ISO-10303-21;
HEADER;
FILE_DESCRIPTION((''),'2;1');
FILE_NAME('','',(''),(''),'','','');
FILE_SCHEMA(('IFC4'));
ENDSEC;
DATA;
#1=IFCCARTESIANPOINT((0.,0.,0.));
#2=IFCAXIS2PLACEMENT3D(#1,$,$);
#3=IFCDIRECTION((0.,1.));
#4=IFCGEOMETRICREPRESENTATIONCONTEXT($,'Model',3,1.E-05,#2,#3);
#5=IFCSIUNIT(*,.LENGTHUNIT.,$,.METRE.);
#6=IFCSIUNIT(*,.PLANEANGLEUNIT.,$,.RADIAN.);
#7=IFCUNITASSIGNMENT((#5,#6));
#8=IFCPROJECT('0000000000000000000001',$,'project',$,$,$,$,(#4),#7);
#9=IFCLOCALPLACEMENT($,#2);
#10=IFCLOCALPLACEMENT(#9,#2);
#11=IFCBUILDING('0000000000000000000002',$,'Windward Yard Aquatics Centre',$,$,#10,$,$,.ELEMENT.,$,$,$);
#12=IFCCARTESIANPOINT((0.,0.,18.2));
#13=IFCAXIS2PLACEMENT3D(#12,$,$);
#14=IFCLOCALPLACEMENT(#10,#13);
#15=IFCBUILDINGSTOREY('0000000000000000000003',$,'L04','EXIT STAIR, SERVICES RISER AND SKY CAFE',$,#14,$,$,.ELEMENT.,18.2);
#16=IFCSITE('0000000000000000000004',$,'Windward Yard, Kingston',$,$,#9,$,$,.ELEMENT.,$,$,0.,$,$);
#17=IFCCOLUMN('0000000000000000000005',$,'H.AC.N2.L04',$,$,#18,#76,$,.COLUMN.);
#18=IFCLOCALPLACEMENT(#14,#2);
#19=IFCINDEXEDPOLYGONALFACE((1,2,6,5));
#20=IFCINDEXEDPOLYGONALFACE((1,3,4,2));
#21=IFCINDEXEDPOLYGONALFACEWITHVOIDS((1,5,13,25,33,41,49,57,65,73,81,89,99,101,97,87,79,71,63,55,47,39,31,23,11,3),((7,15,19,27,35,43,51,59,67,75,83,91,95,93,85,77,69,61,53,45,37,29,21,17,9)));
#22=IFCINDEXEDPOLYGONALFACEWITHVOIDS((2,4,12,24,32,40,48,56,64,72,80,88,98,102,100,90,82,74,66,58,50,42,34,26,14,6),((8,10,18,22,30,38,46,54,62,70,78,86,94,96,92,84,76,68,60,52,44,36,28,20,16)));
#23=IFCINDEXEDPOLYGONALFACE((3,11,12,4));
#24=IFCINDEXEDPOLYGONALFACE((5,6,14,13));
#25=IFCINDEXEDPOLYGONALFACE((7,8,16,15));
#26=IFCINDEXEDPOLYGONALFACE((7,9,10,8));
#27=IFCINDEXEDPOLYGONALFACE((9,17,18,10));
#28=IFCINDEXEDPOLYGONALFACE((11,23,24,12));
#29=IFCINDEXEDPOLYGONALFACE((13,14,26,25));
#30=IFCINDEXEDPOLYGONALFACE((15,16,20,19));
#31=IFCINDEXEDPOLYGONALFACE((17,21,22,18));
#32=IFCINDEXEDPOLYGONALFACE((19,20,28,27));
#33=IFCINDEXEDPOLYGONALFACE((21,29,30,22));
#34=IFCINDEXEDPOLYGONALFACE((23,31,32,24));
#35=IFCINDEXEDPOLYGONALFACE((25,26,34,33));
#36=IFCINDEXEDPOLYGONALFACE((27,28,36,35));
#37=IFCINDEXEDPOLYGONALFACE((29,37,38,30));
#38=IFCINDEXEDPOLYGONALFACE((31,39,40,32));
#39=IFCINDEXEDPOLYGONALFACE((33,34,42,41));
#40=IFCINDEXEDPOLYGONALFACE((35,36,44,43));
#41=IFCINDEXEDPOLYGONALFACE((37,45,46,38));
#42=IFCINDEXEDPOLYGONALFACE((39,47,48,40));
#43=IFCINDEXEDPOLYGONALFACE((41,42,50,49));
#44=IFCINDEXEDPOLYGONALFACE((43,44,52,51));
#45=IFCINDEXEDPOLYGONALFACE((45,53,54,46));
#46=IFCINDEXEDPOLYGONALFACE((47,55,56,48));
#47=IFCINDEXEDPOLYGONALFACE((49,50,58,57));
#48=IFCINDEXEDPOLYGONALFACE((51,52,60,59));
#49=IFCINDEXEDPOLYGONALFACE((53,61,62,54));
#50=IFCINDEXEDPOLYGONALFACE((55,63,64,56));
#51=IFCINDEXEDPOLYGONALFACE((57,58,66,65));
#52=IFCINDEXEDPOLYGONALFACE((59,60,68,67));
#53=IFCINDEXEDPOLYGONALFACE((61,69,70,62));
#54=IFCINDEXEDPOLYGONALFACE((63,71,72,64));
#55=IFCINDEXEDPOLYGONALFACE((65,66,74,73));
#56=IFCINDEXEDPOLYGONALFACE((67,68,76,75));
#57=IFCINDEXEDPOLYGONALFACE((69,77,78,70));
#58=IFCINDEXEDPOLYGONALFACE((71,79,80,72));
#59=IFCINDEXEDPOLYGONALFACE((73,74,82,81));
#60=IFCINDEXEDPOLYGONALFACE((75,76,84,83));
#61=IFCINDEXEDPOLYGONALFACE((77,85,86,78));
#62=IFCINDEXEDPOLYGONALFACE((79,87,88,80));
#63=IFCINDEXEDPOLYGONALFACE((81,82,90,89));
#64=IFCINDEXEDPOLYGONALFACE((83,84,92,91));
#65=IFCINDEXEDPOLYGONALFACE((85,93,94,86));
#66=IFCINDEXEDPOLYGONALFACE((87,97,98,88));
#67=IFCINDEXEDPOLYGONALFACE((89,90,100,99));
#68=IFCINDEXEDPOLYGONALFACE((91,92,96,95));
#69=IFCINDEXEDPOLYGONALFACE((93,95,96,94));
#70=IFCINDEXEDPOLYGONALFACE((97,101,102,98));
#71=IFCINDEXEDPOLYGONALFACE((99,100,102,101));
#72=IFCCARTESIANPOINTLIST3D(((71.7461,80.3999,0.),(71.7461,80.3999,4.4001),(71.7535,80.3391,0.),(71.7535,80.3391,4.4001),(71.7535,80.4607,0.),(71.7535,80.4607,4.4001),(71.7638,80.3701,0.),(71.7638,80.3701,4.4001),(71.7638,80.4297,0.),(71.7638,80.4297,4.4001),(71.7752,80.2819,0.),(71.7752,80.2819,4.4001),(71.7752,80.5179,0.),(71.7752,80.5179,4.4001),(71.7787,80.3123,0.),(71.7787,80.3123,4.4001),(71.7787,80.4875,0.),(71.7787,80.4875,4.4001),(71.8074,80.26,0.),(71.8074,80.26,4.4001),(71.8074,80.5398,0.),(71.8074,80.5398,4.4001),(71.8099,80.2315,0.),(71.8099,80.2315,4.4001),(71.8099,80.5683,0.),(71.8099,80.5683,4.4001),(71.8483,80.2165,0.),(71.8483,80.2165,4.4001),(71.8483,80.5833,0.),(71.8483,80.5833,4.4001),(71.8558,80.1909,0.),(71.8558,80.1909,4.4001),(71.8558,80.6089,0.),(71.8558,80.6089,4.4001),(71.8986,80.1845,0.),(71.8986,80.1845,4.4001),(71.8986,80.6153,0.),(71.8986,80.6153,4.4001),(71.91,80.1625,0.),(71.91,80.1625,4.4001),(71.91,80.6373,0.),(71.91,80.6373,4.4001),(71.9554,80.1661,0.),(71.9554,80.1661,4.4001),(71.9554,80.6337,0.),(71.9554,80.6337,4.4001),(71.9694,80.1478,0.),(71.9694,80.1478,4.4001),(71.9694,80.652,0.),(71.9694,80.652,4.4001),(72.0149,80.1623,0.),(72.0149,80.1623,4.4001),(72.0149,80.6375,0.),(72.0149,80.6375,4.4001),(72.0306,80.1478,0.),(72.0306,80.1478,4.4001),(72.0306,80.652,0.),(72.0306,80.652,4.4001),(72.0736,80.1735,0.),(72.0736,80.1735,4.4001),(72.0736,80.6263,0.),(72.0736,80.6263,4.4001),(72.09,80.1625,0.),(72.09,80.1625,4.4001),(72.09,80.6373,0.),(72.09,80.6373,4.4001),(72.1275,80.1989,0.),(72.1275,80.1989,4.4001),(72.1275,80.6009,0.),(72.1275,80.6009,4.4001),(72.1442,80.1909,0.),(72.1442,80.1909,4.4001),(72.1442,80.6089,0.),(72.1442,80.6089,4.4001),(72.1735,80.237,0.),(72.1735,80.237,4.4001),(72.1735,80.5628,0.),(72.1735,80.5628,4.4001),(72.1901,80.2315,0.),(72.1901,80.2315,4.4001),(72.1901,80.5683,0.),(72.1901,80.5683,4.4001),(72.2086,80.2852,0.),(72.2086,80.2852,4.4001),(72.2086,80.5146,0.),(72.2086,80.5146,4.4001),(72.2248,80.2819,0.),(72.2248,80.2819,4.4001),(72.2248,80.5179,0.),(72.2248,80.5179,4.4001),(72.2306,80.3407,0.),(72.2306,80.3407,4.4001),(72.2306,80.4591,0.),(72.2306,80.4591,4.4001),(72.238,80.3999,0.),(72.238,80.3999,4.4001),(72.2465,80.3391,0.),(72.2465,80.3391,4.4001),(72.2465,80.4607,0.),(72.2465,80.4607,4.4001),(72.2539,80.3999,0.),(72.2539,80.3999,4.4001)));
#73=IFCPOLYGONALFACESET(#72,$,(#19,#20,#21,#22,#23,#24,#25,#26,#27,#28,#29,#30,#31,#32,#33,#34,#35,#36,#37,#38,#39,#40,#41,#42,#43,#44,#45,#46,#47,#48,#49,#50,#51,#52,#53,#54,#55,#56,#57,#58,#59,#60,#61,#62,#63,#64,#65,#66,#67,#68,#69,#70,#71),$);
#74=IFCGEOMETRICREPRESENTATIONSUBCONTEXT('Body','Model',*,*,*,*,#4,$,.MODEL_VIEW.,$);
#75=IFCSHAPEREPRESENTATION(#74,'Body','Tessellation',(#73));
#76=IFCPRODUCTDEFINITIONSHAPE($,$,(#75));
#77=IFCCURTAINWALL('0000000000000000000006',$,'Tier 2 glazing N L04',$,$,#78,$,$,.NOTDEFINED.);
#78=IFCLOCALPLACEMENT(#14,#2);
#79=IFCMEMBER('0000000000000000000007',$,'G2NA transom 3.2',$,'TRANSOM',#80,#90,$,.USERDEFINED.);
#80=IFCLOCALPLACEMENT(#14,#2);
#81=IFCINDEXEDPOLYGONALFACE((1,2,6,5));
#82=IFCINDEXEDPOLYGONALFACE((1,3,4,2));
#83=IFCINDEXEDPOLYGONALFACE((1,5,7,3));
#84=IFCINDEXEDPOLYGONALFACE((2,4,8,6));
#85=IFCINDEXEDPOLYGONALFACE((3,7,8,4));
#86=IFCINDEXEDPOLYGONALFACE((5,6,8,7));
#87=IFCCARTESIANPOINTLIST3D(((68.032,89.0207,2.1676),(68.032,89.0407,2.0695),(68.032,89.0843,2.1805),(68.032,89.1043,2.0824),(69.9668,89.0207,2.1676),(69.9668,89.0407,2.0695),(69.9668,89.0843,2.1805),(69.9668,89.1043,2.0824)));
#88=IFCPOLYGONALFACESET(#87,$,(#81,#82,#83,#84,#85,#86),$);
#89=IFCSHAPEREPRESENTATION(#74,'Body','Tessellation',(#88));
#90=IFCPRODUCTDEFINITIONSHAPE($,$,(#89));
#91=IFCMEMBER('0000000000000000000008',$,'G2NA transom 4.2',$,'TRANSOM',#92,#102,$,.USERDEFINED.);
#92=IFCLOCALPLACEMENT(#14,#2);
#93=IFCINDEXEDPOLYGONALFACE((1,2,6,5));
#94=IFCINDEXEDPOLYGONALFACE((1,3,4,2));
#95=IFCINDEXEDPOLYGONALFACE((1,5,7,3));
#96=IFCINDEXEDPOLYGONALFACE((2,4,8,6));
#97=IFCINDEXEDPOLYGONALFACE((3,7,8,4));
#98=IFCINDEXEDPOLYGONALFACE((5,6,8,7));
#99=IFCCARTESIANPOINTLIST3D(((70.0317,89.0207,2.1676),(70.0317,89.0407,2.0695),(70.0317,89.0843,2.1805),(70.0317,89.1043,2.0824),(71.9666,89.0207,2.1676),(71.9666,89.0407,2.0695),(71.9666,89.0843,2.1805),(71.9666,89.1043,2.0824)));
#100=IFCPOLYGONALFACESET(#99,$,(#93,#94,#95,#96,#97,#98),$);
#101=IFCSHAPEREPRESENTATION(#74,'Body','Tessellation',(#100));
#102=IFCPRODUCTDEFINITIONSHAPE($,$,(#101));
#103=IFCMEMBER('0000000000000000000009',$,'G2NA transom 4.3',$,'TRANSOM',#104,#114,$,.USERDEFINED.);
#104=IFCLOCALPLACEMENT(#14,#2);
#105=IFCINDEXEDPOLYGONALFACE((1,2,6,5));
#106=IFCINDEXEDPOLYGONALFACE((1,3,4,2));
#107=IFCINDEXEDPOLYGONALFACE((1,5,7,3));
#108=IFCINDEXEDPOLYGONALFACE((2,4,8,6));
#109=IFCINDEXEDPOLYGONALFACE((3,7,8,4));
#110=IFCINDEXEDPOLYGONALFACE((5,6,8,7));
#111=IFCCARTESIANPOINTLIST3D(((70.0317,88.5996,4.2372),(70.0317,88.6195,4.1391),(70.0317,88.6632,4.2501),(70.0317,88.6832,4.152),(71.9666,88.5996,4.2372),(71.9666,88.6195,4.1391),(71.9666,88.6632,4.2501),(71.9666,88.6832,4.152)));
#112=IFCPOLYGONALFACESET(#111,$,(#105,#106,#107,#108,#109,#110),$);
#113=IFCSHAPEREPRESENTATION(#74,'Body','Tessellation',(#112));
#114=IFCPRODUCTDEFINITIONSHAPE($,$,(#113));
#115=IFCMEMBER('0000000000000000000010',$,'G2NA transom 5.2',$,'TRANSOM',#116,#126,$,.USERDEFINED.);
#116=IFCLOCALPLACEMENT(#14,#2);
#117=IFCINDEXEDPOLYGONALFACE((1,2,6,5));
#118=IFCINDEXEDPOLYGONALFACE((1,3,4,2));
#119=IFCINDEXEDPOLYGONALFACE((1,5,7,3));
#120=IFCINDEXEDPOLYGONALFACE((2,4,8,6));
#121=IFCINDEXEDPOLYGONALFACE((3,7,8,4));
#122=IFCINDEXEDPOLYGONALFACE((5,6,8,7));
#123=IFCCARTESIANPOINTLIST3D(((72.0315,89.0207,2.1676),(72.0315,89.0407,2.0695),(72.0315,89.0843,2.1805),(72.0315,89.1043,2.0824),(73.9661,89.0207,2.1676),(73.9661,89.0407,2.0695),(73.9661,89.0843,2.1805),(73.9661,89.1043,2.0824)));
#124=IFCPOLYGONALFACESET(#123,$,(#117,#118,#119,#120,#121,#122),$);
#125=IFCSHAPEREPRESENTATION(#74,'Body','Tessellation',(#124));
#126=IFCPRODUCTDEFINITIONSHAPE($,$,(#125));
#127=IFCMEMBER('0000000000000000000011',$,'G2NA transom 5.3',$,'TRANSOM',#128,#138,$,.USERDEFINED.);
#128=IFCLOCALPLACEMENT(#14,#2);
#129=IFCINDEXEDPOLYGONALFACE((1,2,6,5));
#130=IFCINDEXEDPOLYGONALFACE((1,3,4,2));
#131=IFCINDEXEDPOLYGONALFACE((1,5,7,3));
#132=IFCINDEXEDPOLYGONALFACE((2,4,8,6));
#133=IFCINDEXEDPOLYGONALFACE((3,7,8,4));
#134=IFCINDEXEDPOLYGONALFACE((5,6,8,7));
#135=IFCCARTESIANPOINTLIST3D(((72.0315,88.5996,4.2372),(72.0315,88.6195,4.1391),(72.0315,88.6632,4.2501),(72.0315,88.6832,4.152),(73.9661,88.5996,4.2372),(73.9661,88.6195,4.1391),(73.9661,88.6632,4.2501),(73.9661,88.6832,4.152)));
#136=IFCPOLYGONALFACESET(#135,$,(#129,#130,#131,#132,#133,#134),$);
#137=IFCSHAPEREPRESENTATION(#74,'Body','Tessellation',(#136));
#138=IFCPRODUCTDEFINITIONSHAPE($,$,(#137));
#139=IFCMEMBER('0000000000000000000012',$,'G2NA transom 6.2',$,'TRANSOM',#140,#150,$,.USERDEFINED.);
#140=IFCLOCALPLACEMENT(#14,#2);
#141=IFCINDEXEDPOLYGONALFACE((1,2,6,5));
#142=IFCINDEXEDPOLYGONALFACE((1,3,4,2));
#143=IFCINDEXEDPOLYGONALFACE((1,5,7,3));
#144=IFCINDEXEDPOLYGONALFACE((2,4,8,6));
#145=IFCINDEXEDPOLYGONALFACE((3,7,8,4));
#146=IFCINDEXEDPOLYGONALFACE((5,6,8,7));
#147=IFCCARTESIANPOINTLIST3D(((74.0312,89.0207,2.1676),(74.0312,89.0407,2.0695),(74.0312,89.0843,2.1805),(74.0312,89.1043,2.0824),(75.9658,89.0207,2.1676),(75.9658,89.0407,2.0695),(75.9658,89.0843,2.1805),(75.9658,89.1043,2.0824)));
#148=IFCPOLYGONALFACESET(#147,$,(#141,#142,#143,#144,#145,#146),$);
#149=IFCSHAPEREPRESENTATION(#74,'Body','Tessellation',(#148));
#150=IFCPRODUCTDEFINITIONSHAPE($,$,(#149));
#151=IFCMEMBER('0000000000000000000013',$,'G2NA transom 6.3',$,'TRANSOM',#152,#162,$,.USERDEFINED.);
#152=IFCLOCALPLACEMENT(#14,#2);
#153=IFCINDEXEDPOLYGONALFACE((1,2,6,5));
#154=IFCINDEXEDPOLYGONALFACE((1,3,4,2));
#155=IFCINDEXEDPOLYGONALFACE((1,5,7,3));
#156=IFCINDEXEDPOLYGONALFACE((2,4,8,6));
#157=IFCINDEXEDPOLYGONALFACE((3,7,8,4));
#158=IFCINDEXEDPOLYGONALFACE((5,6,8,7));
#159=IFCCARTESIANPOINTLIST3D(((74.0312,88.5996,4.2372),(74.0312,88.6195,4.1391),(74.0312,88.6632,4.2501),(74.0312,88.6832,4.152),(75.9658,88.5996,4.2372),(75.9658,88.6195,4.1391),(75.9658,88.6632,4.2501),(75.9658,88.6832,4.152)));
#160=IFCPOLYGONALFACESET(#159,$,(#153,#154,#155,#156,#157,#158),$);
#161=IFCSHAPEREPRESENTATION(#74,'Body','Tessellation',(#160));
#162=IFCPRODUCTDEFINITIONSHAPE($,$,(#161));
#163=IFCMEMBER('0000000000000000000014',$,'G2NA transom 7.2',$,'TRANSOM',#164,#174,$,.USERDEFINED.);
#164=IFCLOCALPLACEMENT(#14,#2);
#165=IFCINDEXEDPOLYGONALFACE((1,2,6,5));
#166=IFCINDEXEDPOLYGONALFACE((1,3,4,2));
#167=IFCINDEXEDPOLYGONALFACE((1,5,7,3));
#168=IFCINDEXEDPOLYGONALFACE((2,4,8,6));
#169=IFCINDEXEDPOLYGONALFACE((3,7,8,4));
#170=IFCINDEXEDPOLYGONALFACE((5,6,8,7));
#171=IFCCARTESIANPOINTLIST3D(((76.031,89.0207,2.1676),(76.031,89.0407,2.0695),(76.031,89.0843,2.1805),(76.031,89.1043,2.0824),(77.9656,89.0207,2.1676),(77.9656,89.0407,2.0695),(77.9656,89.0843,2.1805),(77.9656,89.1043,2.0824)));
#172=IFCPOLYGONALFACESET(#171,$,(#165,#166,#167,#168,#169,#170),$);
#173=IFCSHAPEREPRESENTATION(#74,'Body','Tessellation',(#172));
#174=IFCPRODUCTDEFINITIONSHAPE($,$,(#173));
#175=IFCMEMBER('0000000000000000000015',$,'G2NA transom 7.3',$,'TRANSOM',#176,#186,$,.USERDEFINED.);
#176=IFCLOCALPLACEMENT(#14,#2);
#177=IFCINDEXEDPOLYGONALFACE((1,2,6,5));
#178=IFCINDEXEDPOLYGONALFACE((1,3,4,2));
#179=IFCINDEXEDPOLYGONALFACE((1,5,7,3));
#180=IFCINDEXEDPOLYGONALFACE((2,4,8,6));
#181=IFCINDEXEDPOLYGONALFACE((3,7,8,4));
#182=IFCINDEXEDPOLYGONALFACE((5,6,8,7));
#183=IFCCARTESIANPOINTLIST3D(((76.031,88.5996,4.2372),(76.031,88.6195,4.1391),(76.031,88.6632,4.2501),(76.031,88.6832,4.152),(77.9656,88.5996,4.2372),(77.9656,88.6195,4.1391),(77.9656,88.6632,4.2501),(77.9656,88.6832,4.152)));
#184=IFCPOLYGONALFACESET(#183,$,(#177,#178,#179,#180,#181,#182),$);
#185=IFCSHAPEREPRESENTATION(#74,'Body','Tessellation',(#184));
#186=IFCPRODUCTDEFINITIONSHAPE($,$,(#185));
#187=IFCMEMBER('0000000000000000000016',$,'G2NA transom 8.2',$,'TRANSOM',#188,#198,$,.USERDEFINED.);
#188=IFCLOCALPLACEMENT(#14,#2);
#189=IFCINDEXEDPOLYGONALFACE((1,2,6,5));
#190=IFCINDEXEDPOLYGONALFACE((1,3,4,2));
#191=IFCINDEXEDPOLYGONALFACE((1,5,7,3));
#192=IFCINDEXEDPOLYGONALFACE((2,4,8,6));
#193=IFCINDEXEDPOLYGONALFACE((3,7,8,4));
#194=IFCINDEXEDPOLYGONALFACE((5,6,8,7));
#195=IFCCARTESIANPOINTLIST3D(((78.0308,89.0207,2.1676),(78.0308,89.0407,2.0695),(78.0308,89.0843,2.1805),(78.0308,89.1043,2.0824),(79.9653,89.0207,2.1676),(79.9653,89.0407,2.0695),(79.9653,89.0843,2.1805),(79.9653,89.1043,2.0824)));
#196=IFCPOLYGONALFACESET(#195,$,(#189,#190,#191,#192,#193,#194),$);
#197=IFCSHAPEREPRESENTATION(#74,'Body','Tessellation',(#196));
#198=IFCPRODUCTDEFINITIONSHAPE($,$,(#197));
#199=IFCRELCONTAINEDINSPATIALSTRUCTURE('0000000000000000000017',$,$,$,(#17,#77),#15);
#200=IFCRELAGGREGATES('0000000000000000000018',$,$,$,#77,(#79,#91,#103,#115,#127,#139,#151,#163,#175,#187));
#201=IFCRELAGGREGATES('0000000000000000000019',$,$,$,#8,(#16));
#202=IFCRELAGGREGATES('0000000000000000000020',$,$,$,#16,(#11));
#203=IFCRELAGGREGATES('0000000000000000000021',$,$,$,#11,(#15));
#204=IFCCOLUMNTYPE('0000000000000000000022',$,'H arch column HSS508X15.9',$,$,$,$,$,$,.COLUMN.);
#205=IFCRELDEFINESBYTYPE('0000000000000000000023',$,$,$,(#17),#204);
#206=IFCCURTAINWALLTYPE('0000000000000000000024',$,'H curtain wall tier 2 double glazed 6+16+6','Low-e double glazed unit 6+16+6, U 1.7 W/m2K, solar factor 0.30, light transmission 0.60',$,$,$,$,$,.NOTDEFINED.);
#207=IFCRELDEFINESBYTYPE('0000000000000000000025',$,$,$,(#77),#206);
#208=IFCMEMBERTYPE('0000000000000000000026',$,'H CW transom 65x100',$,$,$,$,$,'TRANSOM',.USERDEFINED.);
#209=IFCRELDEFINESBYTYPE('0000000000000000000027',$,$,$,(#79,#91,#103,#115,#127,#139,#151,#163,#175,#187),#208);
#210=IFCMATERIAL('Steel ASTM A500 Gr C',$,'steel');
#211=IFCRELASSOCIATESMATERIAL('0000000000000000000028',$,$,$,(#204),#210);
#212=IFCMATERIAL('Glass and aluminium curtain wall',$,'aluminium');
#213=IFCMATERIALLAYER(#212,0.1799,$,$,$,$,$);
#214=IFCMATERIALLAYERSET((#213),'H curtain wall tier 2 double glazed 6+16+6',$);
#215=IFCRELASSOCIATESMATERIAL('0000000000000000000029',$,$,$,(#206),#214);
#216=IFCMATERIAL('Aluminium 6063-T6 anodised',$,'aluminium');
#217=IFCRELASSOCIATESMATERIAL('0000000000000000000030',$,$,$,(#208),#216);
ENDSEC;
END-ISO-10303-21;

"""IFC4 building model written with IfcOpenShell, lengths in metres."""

from ifc_helpers import new_model, si_unit, direction, frame, origin, origin_2d, place, context, subcontext, project, spatial, rectangle, hollow_circle, extrude, material, layer, layer_set, material_profile, profile_set, type_object, element, aggregate, save


model = new_model("IFC4")

# Units and contexts
model_context = context("Model", 3, precision=1e-05, world=origin(), true_north=direction((0.0, 1.0)))
body_context = subcontext(model_context, "Body", "Model", "MODEL_VIEW")
ifc_project = project(units=[si_unit("LENGTHUNIT", "METRE"), si_unit("PLANEANGLEUNIT", "RADIAN")], contexts=[model_context])

# Site, building, storey
site_placement = place(None, origin())
site = spatial("IfcSite", under=ifc_project, at=site_placement, Name="Windward Yard, Kingston", CompositionType="ELEMENT", RefElevation=0.0)
building_placement = place(site_placement, origin())
building = spatial("IfcBuilding", under=site, at=building_placement, Name="Windward Yard Aquatics Centre", CompositionType="ELEMENT")
storey_placement = place(building_placement, frame((0.0, 0.0, 18.2)))
storey = spatial("IfcBuildingStorey", under=building, at=storey_placement, Name="L04", Description="EXIT STAIR, SERVICES RISER AND SKY CAFE", CompositionType="ELEMENT", Elevation=18.2)

# Column
ifc_material_1 = material(Name="Steel ASTM A500 Gr C", Category="steel")
ifc_material_profile_1 = material_profile(ifc_material_1, hollow_circle(Radius=0.2539, WallThickness=0.0159, at=origin_2d()), Name="HSS508X15.9")
ifc_profile_set_1 = profile_set([ifc_material_profile_1], Name="Steel ASTM A500 Gr C")
column_type = type_object("IfcColumnType", Name="H arch column HSS508X15.9", PredefinedType="COLUMN", material=ifc_profile_set_1)
column_placement = place(storey_placement, frame((72.0, 80.3999, 0.0), z_axis=(0.0, 0.0, 1.0), x_axis=(1.0, 0.0, 0.0)))
element("IfcColumn", 1, at=column_placement, inside=storey, type_object=column_type, Name="H.AC.N2.L04", PredefinedType="COLUMN", context=body_context, shape_type="SweptSolid", body=[
    extrude(hollow_circle(Radius=0.2539, WallThickness=0.0159, at=origin_2d()), origin(), (0.0, 0.0, 1.0), 4.4001),
])

# Curtain wall, members
ifc_material_2 = material(Name="Glass and aluminium curtain wall", Category="aluminium")
ifc_layer_1 = layer(ifc_material_2, 0.1799)
ifc_layer_set_1 = layer_set([ifc_layer_1], Name="H curtain wall tier 2 double glazed 6+16+6")
curtain_wall_type = type_object("IfcCurtainWallType", Name="H curtain wall tier 2 double glazed 6+16+6", Description="Low-e double glazed unit 6+16+6, U 1.7 W/m2K, solar factor 0.30, light transmission 0.60", PredefinedType="NOTDEFINED", material=ifc_layer_set_1)
curtain_wall_placement = place(storey_placement, origin())
curtain_wall = element("IfcCurtainWall", 2, at=curtain_wall_placement, inside=storey, type_object=curtain_wall_type, Name="Tier 2 glazing N L04", PredefinedType="NOTDEFINED")
ifc_material_3 = material(Name="Aluminium 6063-T6 anodised", Category="aluminium")
ifc_material_profile_2 = material_profile(ifc_material_3, rectangle(XDim=0.0649, YDim=0.1001, at=origin_2d()), Name="H CW transom 65x100")
ifc_profile_set_2 = profile_set([ifc_material_profile_2], Name="Aluminium 6063-T6 anodised")
member_type = type_object("IfcMemberType", Name="H CW transom 65x100", ElementType="TRANSOM", PredefinedType="USERDEFINED", material=ifc_profile_set_2)
member_1_placement = place(storey_placement, frame((68.032, 89.0625, 2.125), z_axis=(1.0, 0.0, 0.0), x_axis=(0.0, 0.979925, 0.199368)))
member_1 = element("IfcMember", 3, at=member_1_placement, type_object=member_type, Name="G2NA transom 3.2", ObjectType="TRANSOM", PredefinedType="USERDEFINED", context=body_context, shape_type="SweptSolid", body=[
    extrude(rectangle(XDim=0.0649, YDim=0.1001, at=origin_2d()), origin(), (0.0, 0.0, 1.0), 1.9348),
])
member_2_placement = place(storey_placement, frame((70.0317, 89.0625, 2.125), z_axis=(1.0, 0.0, 0.0), x_axis=(0.0, 0.979925, 0.199368)))
member_2 = element("IfcMember", 4, at=member_2_placement, type_object=member_type, Name="G2NA transom 4.2", ObjectType="TRANSOM", PredefinedType="USERDEFINED", context=body_context, shape_type="SweptSolid", body=[
    extrude(rectangle(XDim=0.0649, YDim=0.1001, at=origin_2d()), origin(), (0.0, 0.0, 1.0), 1.9348),
])
member_3_placement = place(storey_placement, frame((70.0317, 88.6414, 4.1946), z_axis=(1.0, 0.0, 0.0), x_axis=(0.0, 0.979925, 0.199368)))
member_3 = element("IfcMember", 5, at=member_3_placement, type_object=member_type, Name="G2NA transom 4.3", ObjectType="TRANSOM", PredefinedType="USERDEFINED", context=body_context, shape_type="SweptSolid", body=[
    extrude(rectangle(XDim=0.0649, YDim=0.1001, at=origin_2d()), origin(), (0.0, 0.0, 1.0), 1.9348),
])
member_4_placement = place(storey_placement, frame((72.0315, 89.0625, 2.125), z_axis=(1.0, 0.0, 0.0), x_axis=(0.0, 0.979925, 0.199368)))
member_4 = element("IfcMember", 6, at=member_4_placement, type_object=member_type, Name="G2NA transom 5.2", ObjectType="TRANSOM", PredefinedType="USERDEFINED", context=body_context, shape_type="SweptSolid", body=[
    extrude(rectangle(XDim=0.0649, YDim=0.1001, at=origin_2d()), origin(), (0.0, 0.0, 1.0), 1.9346),
])
member_5_placement = place(storey_placement, frame((72.0315, 88.6414, 4.1946), z_axis=(1.0, 0.0, 0.0), x_axis=(0.0, 0.979925, 0.199368)))
member_5 = element("IfcMember", 7, at=member_5_placement, type_object=member_type, Name="G2NA transom 5.3", ObjectType="TRANSOM", PredefinedType="USERDEFINED", context=body_context, shape_type="SweptSolid", body=[
    extrude(rectangle(XDim=0.0649, YDim=0.1001, at=origin_2d()), origin(), (0.0, 0.0, 1.0), 1.9346),
])
member_6_placement = place(storey_placement, frame((74.0312, 89.0625, 2.125), z_axis=(1.0, 0.0, 0.0), x_axis=(0.0, 0.979925, 0.199368)))
member_6 = element("IfcMember", 8, at=member_6_placement, type_object=member_type, Name="G2NA transom 6.2", ObjectType="TRANSOM", PredefinedType="USERDEFINED", context=body_context, shape_type="SweptSolid", body=[
    extrude(rectangle(XDim=0.0649, YDim=0.1001, at=origin_2d()), origin(), (0.0, 0.0, 1.0), 1.9346),
])
member_7_placement = place(storey_placement, frame((74.0312, 88.6414, 4.1946), z_axis=(1.0, 0.0, 0.0), x_axis=(0.0, 0.979925, 0.199368)))
member_7 = element("IfcMember", 9, at=member_7_placement, type_object=member_type, Name="G2NA transom 6.3", ObjectType="TRANSOM", PredefinedType="USERDEFINED", context=body_context, shape_type="SweptSolid", body=[
    extrude(rectangle(XDim=0.0649, YDim=0.1001, at=origin_2d()), origin(), (0.0, 0.0, 1.0), 1.9346),
])
member_8_placement = place(storey_placement, frame((76.031, 89.0625, 2.125), z_axis=(1.0, 0.0, 0.0), x_axis=(0.0, 0.979925, 0.199368)))
member_8 = element("IfcMember", 10, at=member_8_placement, type_object=member_type, Name="G2NA transom 7.2", ObjectType="TRANSOM", PredefinedType="USERDEFINED", context=body_context, shape_type="SweptSolid", body=[
    extrude(rectangle(XDim=0.0649, YDim=0.1001, at=origin_2d()), origin(), (0.0, 0.0, 1.0), 1.9346),
])
member_9_placement = place(storey_placement, frame((76.031, 88.6414, 4.1946), z_axis=(1.0, 0.0, 0.0), x_axis=(0.0, 0.979925, 0.199368)))
member_9 = element("IfcMember", 11, at=member_9_placement, type_object=member_type, Name="G2NA transom 7.3", ObjectType="TRANSOM", PredefinedType="USERDEFINED", context=body_context, shape_type="SweptSolid", body=[
    extrude(rectangle(XDim=0.0649, YDim=0.1001, at=origin_2d()), origin(), (0.0, 0.0, 1.0), 1.9346),
])
member_10_placement = place(storey_placement, frame((78.0308, 89.0625, 2.125), z_axis=(1.0, 0.0, 0.0), x_axis=(0.0, 0.979925, 0.199368)))
member_10 = element("IfcMember", 12, at=member_10_placement, type_object=member_type, Name="G2NA transom 8.2", ObjectType="TRANSOM", PredefinedType="USERDEFINED", context=body_context, shape_type="SweptSolid", body=[
    extrude(rectangle(XDim=0.0649, YDim=0.1001, at=origin_2d()), origin(), (0.0, 0.0, 1.0), 1.9346),
])

aggregate(curtain_wall, [member_1, member_2, member_3, member_4, member_5, member_6, member_7, member_8, member_9, member_10])

save(model, "model.ifc")
